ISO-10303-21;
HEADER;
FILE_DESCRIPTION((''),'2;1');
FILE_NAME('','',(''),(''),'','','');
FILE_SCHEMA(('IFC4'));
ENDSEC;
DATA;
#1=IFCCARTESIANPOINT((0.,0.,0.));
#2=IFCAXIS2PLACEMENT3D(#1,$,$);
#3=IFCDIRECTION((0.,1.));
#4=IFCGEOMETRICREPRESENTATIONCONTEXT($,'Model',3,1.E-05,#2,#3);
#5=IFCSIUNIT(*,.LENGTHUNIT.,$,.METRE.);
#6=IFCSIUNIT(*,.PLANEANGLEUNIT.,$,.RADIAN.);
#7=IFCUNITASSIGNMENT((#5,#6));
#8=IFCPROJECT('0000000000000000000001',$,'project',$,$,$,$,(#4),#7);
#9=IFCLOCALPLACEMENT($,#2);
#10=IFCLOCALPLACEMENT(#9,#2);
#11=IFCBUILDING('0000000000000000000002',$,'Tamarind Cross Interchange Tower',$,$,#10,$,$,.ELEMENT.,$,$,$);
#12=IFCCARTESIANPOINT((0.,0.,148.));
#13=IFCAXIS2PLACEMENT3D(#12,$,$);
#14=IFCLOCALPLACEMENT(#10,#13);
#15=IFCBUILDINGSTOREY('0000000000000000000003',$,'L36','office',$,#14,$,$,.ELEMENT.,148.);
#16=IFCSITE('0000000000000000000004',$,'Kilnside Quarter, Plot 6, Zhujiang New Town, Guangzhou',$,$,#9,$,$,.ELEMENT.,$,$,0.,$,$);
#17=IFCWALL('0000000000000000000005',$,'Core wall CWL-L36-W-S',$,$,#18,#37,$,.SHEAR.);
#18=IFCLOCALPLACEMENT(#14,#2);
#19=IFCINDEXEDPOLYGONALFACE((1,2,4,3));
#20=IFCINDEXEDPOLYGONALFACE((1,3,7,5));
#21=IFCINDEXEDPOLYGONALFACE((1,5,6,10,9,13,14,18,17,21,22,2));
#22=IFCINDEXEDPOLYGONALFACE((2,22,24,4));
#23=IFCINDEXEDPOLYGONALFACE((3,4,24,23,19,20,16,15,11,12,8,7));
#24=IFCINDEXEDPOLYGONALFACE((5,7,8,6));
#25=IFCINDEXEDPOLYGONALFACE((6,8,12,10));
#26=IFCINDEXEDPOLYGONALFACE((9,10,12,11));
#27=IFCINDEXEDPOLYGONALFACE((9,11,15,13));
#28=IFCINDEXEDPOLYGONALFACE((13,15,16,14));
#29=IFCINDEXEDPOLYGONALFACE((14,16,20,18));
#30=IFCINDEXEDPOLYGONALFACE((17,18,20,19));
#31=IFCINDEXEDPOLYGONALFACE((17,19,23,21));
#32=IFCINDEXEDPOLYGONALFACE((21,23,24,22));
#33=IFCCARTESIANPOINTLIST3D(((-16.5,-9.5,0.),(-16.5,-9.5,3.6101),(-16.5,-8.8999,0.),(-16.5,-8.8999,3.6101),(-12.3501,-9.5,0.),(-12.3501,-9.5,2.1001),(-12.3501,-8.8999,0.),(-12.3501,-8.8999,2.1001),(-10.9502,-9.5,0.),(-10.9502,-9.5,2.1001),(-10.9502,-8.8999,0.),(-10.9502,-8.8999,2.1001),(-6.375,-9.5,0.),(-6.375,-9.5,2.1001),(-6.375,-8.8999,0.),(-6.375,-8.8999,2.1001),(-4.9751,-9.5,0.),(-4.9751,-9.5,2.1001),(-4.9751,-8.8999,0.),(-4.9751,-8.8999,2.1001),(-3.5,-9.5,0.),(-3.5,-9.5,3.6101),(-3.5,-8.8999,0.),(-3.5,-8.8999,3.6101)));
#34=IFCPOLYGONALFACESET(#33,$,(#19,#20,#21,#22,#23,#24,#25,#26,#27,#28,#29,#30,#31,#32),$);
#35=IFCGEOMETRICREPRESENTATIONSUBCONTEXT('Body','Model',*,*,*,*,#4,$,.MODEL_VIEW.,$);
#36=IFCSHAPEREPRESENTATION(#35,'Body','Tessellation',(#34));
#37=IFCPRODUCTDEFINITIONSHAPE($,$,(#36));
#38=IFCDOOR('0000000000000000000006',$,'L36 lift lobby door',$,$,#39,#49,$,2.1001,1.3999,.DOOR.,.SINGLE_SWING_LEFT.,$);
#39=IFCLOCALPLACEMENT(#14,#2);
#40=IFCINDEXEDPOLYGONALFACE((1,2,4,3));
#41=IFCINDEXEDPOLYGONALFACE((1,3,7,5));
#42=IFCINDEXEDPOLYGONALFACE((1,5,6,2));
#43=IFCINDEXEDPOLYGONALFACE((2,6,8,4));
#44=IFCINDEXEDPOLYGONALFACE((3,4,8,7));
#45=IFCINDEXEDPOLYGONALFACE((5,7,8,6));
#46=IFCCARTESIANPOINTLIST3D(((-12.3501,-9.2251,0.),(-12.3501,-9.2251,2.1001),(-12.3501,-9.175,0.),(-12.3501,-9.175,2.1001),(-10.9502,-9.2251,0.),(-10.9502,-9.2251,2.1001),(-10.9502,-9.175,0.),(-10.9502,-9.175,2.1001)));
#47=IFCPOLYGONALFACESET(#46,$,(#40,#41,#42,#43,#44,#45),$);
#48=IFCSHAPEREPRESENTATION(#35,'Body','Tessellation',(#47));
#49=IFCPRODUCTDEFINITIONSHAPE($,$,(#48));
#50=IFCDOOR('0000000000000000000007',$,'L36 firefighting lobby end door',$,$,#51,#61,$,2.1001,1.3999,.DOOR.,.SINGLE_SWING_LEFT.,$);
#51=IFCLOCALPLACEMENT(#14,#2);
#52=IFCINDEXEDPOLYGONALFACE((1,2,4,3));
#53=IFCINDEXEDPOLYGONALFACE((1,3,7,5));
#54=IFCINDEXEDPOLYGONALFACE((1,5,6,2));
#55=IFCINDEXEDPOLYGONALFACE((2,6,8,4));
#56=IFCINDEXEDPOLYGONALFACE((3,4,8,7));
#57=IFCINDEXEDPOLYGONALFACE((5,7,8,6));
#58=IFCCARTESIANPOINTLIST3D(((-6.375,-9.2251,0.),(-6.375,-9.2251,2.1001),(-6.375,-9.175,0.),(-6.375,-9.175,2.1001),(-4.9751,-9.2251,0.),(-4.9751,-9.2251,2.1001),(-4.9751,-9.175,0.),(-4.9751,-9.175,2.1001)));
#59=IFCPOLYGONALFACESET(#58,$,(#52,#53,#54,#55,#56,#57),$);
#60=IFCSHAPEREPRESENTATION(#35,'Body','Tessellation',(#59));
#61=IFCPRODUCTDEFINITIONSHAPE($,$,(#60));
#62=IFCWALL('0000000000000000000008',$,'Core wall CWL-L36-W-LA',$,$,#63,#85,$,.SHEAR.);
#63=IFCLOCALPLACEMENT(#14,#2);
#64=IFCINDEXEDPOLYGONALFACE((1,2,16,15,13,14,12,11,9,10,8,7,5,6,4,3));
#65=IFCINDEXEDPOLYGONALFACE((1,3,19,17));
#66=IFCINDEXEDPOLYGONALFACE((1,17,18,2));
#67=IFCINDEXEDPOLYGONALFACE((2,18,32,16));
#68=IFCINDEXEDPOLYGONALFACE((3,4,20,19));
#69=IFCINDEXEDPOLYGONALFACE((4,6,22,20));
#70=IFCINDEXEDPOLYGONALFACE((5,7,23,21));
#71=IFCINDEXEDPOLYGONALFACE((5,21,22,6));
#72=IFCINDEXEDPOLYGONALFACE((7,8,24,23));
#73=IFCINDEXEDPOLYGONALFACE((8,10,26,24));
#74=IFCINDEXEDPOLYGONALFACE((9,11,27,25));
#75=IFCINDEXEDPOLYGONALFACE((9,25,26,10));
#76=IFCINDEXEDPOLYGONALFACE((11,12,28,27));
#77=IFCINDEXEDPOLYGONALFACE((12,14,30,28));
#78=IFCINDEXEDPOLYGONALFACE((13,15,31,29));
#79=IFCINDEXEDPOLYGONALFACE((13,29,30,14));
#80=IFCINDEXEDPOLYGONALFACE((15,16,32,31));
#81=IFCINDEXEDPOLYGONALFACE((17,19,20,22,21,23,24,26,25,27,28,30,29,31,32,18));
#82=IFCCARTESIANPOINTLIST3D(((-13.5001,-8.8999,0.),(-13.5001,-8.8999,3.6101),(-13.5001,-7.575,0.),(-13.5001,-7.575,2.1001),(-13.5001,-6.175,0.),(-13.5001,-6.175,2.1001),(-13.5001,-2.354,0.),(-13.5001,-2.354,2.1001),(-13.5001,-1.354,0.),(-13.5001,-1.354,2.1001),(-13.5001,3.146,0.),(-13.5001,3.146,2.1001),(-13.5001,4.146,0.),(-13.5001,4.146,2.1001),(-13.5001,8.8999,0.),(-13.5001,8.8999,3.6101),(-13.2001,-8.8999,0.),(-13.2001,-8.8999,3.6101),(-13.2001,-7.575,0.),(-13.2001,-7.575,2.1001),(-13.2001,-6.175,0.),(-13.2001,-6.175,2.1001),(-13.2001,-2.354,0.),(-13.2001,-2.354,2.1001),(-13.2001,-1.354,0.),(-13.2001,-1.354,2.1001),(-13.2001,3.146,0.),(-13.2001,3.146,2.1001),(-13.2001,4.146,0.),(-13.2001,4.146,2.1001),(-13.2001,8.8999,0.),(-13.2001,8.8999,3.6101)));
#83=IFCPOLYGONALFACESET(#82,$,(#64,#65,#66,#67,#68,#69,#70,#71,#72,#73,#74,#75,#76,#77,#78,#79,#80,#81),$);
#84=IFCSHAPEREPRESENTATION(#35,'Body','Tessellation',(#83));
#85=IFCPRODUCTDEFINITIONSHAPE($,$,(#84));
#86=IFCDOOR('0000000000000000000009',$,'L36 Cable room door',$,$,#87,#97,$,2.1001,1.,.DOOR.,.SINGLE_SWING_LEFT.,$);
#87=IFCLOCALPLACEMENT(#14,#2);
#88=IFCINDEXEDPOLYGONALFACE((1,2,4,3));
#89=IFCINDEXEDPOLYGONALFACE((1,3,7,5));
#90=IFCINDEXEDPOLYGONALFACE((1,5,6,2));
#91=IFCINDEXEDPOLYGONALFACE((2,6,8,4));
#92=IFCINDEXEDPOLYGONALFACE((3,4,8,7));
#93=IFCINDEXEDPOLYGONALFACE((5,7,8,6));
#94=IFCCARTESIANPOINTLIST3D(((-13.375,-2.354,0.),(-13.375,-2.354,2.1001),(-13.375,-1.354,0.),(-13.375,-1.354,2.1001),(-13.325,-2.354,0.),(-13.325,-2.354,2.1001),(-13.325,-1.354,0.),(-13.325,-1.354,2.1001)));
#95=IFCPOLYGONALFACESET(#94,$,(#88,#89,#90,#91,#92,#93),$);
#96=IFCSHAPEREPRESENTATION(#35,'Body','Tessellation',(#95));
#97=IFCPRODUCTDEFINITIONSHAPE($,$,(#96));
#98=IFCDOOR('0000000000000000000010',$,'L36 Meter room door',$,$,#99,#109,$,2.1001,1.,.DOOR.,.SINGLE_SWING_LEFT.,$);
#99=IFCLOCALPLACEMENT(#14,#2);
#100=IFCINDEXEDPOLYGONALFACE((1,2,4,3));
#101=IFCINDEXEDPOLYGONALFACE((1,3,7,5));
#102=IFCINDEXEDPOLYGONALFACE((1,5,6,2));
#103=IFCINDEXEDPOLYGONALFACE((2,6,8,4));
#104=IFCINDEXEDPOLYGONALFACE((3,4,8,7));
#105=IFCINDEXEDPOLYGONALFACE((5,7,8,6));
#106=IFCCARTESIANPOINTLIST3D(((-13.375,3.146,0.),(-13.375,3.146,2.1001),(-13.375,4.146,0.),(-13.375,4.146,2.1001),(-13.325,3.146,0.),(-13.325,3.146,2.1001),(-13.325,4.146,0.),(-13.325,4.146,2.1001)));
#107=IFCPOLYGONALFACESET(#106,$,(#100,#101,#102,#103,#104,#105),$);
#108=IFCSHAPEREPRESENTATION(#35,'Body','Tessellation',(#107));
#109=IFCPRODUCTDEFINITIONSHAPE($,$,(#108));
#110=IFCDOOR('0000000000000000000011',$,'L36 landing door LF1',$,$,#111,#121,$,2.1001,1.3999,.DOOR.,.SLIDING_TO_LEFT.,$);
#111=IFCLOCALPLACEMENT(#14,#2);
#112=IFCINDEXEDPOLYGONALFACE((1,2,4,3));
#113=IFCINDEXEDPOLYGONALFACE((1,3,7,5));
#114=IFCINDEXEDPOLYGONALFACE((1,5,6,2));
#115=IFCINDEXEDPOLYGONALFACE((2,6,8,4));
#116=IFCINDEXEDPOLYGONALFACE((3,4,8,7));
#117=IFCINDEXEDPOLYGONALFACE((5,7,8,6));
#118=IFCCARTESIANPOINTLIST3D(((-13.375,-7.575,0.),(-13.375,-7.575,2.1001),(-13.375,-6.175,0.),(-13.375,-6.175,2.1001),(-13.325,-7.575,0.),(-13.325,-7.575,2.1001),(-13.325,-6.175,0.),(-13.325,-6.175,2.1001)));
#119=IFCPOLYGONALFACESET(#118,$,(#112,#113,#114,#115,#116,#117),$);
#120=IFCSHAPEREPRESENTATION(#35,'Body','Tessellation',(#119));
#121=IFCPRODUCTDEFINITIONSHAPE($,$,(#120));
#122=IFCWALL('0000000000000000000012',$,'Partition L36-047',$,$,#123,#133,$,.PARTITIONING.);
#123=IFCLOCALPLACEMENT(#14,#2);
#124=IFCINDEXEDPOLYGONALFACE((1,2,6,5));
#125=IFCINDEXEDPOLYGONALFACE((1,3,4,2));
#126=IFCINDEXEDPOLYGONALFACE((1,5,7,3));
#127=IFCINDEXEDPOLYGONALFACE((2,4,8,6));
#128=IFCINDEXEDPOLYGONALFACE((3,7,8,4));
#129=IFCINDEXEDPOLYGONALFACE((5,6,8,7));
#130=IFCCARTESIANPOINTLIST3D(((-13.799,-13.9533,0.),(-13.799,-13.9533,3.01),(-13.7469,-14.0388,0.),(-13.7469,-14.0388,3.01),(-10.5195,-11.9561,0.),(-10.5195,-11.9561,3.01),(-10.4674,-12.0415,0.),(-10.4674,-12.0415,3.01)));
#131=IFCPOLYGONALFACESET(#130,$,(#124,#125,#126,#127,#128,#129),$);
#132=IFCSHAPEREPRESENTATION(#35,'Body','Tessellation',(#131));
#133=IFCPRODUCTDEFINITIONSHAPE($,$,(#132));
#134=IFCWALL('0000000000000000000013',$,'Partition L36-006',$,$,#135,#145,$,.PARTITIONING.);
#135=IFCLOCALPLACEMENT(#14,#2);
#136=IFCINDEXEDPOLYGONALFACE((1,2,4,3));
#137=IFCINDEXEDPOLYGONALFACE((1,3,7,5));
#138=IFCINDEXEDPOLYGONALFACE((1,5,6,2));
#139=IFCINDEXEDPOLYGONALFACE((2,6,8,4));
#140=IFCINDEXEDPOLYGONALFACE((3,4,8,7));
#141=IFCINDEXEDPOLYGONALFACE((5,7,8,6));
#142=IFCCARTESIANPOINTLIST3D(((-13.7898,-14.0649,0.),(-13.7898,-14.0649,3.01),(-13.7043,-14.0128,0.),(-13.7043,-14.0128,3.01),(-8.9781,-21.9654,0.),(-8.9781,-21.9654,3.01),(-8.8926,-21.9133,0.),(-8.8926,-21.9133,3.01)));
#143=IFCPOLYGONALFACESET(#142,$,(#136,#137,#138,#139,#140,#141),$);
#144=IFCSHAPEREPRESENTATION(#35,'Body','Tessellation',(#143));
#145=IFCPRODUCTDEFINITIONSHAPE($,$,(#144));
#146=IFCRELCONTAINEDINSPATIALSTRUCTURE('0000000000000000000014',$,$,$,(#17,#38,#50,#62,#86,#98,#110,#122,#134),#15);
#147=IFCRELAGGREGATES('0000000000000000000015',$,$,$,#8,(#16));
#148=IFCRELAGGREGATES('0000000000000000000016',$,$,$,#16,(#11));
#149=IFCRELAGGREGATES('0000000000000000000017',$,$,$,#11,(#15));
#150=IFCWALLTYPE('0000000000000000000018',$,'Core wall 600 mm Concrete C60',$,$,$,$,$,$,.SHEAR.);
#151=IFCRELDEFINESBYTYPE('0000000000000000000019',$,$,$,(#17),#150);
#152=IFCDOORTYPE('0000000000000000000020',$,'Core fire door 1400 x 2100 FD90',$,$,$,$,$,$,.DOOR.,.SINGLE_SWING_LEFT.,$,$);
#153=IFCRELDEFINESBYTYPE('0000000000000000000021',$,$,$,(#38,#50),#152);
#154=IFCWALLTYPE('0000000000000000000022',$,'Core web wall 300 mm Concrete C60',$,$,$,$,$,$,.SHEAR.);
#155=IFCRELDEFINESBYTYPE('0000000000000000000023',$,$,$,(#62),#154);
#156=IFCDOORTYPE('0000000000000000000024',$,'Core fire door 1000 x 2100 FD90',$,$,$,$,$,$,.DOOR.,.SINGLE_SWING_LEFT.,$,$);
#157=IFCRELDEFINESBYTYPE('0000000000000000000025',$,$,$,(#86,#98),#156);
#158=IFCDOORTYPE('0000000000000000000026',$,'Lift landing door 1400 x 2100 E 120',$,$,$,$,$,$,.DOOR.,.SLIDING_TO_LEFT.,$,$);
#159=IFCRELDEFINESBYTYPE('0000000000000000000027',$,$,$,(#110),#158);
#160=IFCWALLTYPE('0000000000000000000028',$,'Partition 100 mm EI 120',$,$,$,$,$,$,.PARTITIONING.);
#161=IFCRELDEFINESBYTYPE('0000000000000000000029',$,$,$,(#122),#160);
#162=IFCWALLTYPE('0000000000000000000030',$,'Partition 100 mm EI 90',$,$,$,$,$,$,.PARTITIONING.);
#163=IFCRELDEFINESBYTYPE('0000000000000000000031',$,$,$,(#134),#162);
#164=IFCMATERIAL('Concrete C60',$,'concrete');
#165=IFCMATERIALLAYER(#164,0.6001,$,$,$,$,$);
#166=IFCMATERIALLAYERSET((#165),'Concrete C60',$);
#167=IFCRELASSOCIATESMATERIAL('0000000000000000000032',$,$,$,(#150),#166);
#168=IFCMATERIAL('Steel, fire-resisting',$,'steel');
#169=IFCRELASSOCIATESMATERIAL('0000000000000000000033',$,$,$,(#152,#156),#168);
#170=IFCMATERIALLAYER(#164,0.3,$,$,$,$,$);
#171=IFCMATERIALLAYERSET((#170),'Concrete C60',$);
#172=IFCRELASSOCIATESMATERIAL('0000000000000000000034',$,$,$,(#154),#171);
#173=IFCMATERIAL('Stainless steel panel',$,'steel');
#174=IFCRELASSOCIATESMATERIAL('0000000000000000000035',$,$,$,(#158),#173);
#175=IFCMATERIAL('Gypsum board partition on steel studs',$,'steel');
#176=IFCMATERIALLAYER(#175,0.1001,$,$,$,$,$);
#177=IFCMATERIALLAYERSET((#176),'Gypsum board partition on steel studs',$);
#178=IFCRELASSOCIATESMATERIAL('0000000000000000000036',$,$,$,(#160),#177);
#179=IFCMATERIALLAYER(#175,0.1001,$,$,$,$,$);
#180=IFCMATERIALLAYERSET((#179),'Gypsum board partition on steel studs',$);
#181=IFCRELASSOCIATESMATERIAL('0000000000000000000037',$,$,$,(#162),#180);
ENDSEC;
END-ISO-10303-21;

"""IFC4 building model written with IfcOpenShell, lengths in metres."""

from ifc_helpers import new_model, si_unit, direction, frame, frame_2d, origin, place, context, subcontext, project, spatial, rectangle, extrude, material, layer, layer_set, type_object, element, fill, save


model = new_model("IFC4")

# Units and contexts
model_context = context("Model", 3, precision=1e-05, world=origin(), true_north=direction((0.0, 1.0)))
body_context = subcontext(model_context, "Body", "Model", "MODEL_VIEW")
ifc_project = project(units=[si_unit("LENGTHUNIT", "METRE"), si_unit("PLANEANGLEUNIT", "RADIAN")], contexts=[model_context])

# Site, building, storey
site_placement = place(None, origin())
site = spatial("IfcSite", under=ifc_project, at=site_placement, Name="Kilnside Quarter, Plot 6, Zhujiang New Town, Guangzhou", CompositionType="ELEMENT", RefElevation=0.0)
building_placement = place(site_placement, origin())
building = spatial("IfcBuilding", under=site, at=building_placement, Name="Tamarind Cross Interchange Tower", CompositionType="ELEMENT")
storey_placement = place(building_placement, frame((0.0, 0.0, 148.0)))
storey = spatial("IfcBuildingStorey", under=building, at=storey_placement, Name="L36", Description="office", CompositionType="ELEMENT", Elevation=148.0)

# Shared definitions
ifc_material_1 = material(Name="Concrete C60", Category="concrete")

# Walls, openings, doors
ifc_layer_1 = layer(ifc_material_1, 0.6001)
ifc_layer_set_1 = layer_set([ifc_layer_1], Name="Concrete C60")
wall_type_1 = type_object("IfcWallType", Name="Core wall 600 mm Concrete C60", PredefinedType="SHEAR", material=ifc_layer_set_1)
wall_1_placement = place(storey_placement, frame((-16.5, -9.2, 0.0), z_axis=(0.0, 0.0, 1.0), x_axis=(1.0, 0.0, 0.0)))
wall_1 = element("IfcWall", 1, at=wall_1_placement, inside=storey, type_object=wall_type_1, Name="Core wall CWL-L36-W-S", PredefinedType="SHEAR", context=body_context, shape_type="SweptSolid", body=[
    extrude(rectangle(XDim=13.0, YDim=0.6001, at=frame_2d((6.5, 0.0))), origin(), (0.0, 0.0, 1.0), 3.6101),
])
opening_1_placement = place(wall_1_placement, frame((4.1499, 0.0, 0.0)))
opening_1 = element("IfcOpeningElement", 2, at=opening_1_placement, cuts=wall_1, PredefinedType="OPENING", context=body_context, shape_type="SweptSolid", body=[
    extrude(rectangle(XDim=1.3999, YDim=2.1001, at=frame_2d((0.7, 1.05))), frame((0.0, 0.3101, 0.0), z_axis=(0.0, -1.0, 0.0), x_axis=(1.0, 0.0, 0.0)), (0.0, 0.0, 1.0), 0.6201),
])
opening_2_placement = place(wall_1_placement, frame((10.125, 0.0, 0.0)))
opening_2 = element("IfcOpeningElement", 3, at=opening_2_placement, cuts=wall_1, PredefinedType="OPENING", context=body_context, shape_type="SweptSolid", body=[
    extrude(rectangle(XDim=1.3999, YDim=2.1001, at=frame_2d((0.7, 1.05))), frame((0.0, 0.3101, 0.0), z_axis=(0.0, -1.0, 0.0), x_axis=(1.0, 0.0, 0.0)), (0.0, 0.0, 1.0), 0.6201),
])
ifc_material_2 = material(Name="Steel, fire-resisting", Category="steel")
door_type_1 = type_object("IfcDoorType", Name="Core fire door 1400 x 2100 FD90", OperationType="SINGLE_SWING_LEFT", PredefinedType="DOOR", material=ifc_material_2)
door_1_placement = place(opening_1_placement, origin())
door_1 = element("IfcDoor", 4, at=door_1_placement, inside=storey, type_object=door_type_1, Name="L36 lift lobby door", OperationType="SINGLE_SWING_LEFT", OverallHeight=2.1001, OverallWidth=1.3999, PredefinedType="DOOR", context=body_context, shape_type="SweptSolid", body=[
    extrude(rectangle(XDim=1.3999, YDim=2.1001, at=frame_2d((0.7, 1.05))), frame((0.0, 0.0249, 0.0), z_axis=(0.0, -1.0, 0.0), x_axis=(1.0, 0.0, 0.0)), (0.0, 0.0, 1.0), 0.05),
])
fill(opening_1, door_1)
door_2_placement = place(opening_2_placement, origin())
door_2 = element("IfcDoor", 5, at=door_2_placement, inside=storey, type_object=door_type_1, Name="L36 firefighting lobby end door", OperationType="SINGLE_SWING_LEFT", OverallHeight=2.1001, OverallWidth=1.3999, PredefinedType="DOOR", context=body_context, shape_type="SweptSolid", body=[
    extrude(rectangle(XDim=1.3999, YDim=2.1001, at=frame_2d((0.7, 1.05))), frame((0.0, 0.0249, 0.0), z_axis=(0.0, -1.0, 0.0), x_axis=(1.0, 0.0, 0.0)), (0.0, 0.0, 1.0), 0.05),
])
fill(opening_2, door_2)
ifc_layer_2 = layer(ifc_material_1, 0.3)
ifc_layer_set_2 = layer_set([ifc_layer_2], Name="Concrete C60")
wall_type_2 = type_object("IfcWallType", Name="Core web wall 300 mm Concrete C60", PredefinedType="SHEAR", material=ifc_layer_set_2)
wall_2_placement = place(storey_placement, frame((-13.3501, -8.8999, 0.0), z_axis=(0.0, 0.0, 1.0), x_axis=(0.0, 1.0, 0.0)))
wall_2 = element("IfcWall", 6, at=wall_2_placement, inside=storey, type_object=wall_type_2, Name="Core wall CWL-L36-W-LA", PredefinedType="SHEAR", context=body_context, shape_type="SweptSolid", body=[
    extrude(rectangle(XDim=17.7998, YDim=0.3, at=frame_2d((8.8999, 0.0))), origin(), (0.0, 0.0, 1.0), 3.6101),
])
opening_3_placement = place(wall_2_placement, frame((1.325, 0.0, 0.0)))
opening_3 = element("IfcOpeningElement", 7, at=opening_3_placement, cuts=wall_2, PredefinedType="OPENING", context=body_context, shape_type="SweptSolid", body=[
    extrude(rectangle(XDim=1.3999, YDim=2.1001, at=frame_2d((0.7, 1.05))), frame((0.0, 0.1599, 0.0), z_axis=(0.0, -1.0, 0.0), x_axis=(1.0, 0.0, 0.0)), (0.0, 0.0, 1.0), 0.3201),
])
opening_4_placement = place(wall_2_placement, frame((6.5459, 0.0, 0.0)))
opening_4 = element("IfcOpeningElement", 8, at=opening_4_placement, cuts=wall_2, PredefinedType="OPENING", context=body_context, shape_type="SweptSolid", body=[
    extrude(rectangle(XDim=1.0, YDim=2.1001, at=frame_2d((0.5, 1.05))), frame((0.0, 0.1599, 0.0), z_axis=(0.0, -1.0, 0.0), x_axis=(1.0, 0.0, 0.0)), (0.0, 0.0, 1.0), 0.3201),
])
opening_5_placement = place(wall_2_placement, frame((12.0459, 0.0, 0.0)))
opening_5 = element("IfcOpeningElement", 9, at=opening_5_placement, cuts=wall_2, PredefinedType="OPENING", context=body_context, shape_type="SweptSolid", body=[
    extrude(rectangle(XDim=1.0, YDim=2.1001, at=frame_2d((0.5, 1.05))), frame((0.0, 0.1599, 0.0), z_axis=(0.0, -1.0, 0.0), x_axis=(1.0, 0.0, 0.0)), (0.0, 0.0, 1.0), 0.3201),
])
door_type_2 = type_object("IfcDoorType", Name="Core fire door 1000 x 2100 FD90", OperationType="SINGLE_SWING_LEFT", PredefinedType="DOOR", material=ifc_material_2)
door_3_placement = place(opening_4_placement, origin())
door_3 = element("IfcDoor", 10, at=door_3_placement, inside=storey, type_object=door_type_2, Name="L36 Cable room door", OperationType="SINGLE_SWING_LEFT", OverallHeight=2.1001, OverallWidth=1.0, PredefinedType="DOOR", context=body_context, shape_type="SweptSolid", body=[
    extrude(rectangle(XDim=1.0, YDim=2.1001, at=frame_2d((0.5, 1.05))), frame((0.0, 0.0249, 0.0), z_axis=(0.0, -1.0, 0.0), x_axis=(1.0, 0.0, 0.0)), (0.0, 0.0, 1.0), 0.05),
])
fill(opening_4, door_3)
door_4_placement = place(opening_5_placement, origin())
door_4 = element("IfcDoor", 11, at=door_4_placement, inside=storey, type_object=door_type_2, Name="L36 Meter room door", OperationType="SINGLE_SWING_LEFT", OverallHeight=2.1001, OverallWidth=1.0, PredefinedType="DOOR", context=body_context, shape_type="SweptSolid", body=[
    extrude(rectangle(XDim=1.0, YDim=2.1001, at=frame_2d((0.5, 1.05))), frame((0.0, 0.0249, 0.0), z_axis=(0.0, -1.0, 0.0), x_axis=(1.0, 0.0, 0.0)), (0.0, 0.0, 1.0), 0.05),
])
fill(opening_5, door_4)
ifc_material_3 = material(Name="Stainless steel panel", Category="steel")
door_type_3 = type_object("IfcDoorType", Name="Lift landing door 1400 x 2100 E 120", OperationType="SLIDING_TO_LEFT", PredefinedType="DOOR", material=ifc_material_3)
door_5_placement = place(opening_3_placement, origin())
door_5 = element("IfcDoor", 12, at=door_5_placement, inside=storey, type_object=door_type_3, Name="L36 landing door LF1", OperationType="SLIDING_TO_LEFT", OverallHeight=2.1001, OverallWidth=1.3999, PredefinedType="DOOR", context=body_context, shape_type="SweptSolid", body=[
    extrude(rectangle(XDim=1.3999, YDim=2.1001, at=frame_2d((0.7, 1.05))), frame((0.0, 0.0249, 0.0), z_axis=(0.0, -1.0, 0.0), x_axis=(1.0, 0.0, 0.0)), (0.0, 0.0, 1.0), 0.05),
])
fill(opening_3, door_5)

# Walls
ifc_material_4 = material(Name="Gypsum board partition on steel studs", Category="steel")
ifc_layer_3 = layer(ifc_material_4, 0.1001)
ifc_layer_set_3 = layer_set([ifc_layer_3], Name="Gypsum board partition on steel studs")
wall_type_3 = type_object("IfcWallType", Name="Partition 100 mm EI 120", PredefinedType="PARTITIONING", material=ifc_layer_set_3)
wall_3_placement = place(storey_placement, frame((-13.7729, -13.9961, 0.0), z_axis=(0.0, 0.0, 1.0), x_axis=(0.854075, 0.520151, 0.0)))
element("IfcWall", 13, at=wall_3_placement, inside=storey, type_object=wall_type_3, Name="Partition L36-047", PredefinedType="PARTITIONING", context=body_context, shape_type="SweptSolid", body=[
    extrude(rectangle(XDim=3.8398, YDim=0.1001, at=frame_2d((1.9199, 0.0))), origin(), (0.0, 0.0, 1.0), 3.01),
])
ifc_layer_4 = layer(ifc_material_4, 0.1001)
ifc_layer_set_4 = layer_set([ifc_layer_4], Name="Gypsum board partition on steel studs")
wall_type_4 = type_object("IfcWallType", Name="Partition 100 mm EI 90", PredefinedType="PARTITIONING", material=ifc_layer_set_4)
wall_4_placement = place(storey_placement, frame((-13.7471, -14.0388, 0.0), z_axis=(0.0, 0.0, 1.0), x_axis=(0.520159, -0.85407, 0.0)))
element("IfcWall", 14, at=wall_4_placement, inside=storey, type_object=wall_type_4, Name="Partition L36-006", PredefinedType="PARTITIONING", context=body_context, shape_type="SweptSolid", body=[
    extrude(rectangle(XDim=9.2505, YDim=0.1001, at=frame_2d((4.6252, 0.0))), origin(), (0.0, 0.0, 1.0), 3.01),
])

save(model, "model.ifc")
